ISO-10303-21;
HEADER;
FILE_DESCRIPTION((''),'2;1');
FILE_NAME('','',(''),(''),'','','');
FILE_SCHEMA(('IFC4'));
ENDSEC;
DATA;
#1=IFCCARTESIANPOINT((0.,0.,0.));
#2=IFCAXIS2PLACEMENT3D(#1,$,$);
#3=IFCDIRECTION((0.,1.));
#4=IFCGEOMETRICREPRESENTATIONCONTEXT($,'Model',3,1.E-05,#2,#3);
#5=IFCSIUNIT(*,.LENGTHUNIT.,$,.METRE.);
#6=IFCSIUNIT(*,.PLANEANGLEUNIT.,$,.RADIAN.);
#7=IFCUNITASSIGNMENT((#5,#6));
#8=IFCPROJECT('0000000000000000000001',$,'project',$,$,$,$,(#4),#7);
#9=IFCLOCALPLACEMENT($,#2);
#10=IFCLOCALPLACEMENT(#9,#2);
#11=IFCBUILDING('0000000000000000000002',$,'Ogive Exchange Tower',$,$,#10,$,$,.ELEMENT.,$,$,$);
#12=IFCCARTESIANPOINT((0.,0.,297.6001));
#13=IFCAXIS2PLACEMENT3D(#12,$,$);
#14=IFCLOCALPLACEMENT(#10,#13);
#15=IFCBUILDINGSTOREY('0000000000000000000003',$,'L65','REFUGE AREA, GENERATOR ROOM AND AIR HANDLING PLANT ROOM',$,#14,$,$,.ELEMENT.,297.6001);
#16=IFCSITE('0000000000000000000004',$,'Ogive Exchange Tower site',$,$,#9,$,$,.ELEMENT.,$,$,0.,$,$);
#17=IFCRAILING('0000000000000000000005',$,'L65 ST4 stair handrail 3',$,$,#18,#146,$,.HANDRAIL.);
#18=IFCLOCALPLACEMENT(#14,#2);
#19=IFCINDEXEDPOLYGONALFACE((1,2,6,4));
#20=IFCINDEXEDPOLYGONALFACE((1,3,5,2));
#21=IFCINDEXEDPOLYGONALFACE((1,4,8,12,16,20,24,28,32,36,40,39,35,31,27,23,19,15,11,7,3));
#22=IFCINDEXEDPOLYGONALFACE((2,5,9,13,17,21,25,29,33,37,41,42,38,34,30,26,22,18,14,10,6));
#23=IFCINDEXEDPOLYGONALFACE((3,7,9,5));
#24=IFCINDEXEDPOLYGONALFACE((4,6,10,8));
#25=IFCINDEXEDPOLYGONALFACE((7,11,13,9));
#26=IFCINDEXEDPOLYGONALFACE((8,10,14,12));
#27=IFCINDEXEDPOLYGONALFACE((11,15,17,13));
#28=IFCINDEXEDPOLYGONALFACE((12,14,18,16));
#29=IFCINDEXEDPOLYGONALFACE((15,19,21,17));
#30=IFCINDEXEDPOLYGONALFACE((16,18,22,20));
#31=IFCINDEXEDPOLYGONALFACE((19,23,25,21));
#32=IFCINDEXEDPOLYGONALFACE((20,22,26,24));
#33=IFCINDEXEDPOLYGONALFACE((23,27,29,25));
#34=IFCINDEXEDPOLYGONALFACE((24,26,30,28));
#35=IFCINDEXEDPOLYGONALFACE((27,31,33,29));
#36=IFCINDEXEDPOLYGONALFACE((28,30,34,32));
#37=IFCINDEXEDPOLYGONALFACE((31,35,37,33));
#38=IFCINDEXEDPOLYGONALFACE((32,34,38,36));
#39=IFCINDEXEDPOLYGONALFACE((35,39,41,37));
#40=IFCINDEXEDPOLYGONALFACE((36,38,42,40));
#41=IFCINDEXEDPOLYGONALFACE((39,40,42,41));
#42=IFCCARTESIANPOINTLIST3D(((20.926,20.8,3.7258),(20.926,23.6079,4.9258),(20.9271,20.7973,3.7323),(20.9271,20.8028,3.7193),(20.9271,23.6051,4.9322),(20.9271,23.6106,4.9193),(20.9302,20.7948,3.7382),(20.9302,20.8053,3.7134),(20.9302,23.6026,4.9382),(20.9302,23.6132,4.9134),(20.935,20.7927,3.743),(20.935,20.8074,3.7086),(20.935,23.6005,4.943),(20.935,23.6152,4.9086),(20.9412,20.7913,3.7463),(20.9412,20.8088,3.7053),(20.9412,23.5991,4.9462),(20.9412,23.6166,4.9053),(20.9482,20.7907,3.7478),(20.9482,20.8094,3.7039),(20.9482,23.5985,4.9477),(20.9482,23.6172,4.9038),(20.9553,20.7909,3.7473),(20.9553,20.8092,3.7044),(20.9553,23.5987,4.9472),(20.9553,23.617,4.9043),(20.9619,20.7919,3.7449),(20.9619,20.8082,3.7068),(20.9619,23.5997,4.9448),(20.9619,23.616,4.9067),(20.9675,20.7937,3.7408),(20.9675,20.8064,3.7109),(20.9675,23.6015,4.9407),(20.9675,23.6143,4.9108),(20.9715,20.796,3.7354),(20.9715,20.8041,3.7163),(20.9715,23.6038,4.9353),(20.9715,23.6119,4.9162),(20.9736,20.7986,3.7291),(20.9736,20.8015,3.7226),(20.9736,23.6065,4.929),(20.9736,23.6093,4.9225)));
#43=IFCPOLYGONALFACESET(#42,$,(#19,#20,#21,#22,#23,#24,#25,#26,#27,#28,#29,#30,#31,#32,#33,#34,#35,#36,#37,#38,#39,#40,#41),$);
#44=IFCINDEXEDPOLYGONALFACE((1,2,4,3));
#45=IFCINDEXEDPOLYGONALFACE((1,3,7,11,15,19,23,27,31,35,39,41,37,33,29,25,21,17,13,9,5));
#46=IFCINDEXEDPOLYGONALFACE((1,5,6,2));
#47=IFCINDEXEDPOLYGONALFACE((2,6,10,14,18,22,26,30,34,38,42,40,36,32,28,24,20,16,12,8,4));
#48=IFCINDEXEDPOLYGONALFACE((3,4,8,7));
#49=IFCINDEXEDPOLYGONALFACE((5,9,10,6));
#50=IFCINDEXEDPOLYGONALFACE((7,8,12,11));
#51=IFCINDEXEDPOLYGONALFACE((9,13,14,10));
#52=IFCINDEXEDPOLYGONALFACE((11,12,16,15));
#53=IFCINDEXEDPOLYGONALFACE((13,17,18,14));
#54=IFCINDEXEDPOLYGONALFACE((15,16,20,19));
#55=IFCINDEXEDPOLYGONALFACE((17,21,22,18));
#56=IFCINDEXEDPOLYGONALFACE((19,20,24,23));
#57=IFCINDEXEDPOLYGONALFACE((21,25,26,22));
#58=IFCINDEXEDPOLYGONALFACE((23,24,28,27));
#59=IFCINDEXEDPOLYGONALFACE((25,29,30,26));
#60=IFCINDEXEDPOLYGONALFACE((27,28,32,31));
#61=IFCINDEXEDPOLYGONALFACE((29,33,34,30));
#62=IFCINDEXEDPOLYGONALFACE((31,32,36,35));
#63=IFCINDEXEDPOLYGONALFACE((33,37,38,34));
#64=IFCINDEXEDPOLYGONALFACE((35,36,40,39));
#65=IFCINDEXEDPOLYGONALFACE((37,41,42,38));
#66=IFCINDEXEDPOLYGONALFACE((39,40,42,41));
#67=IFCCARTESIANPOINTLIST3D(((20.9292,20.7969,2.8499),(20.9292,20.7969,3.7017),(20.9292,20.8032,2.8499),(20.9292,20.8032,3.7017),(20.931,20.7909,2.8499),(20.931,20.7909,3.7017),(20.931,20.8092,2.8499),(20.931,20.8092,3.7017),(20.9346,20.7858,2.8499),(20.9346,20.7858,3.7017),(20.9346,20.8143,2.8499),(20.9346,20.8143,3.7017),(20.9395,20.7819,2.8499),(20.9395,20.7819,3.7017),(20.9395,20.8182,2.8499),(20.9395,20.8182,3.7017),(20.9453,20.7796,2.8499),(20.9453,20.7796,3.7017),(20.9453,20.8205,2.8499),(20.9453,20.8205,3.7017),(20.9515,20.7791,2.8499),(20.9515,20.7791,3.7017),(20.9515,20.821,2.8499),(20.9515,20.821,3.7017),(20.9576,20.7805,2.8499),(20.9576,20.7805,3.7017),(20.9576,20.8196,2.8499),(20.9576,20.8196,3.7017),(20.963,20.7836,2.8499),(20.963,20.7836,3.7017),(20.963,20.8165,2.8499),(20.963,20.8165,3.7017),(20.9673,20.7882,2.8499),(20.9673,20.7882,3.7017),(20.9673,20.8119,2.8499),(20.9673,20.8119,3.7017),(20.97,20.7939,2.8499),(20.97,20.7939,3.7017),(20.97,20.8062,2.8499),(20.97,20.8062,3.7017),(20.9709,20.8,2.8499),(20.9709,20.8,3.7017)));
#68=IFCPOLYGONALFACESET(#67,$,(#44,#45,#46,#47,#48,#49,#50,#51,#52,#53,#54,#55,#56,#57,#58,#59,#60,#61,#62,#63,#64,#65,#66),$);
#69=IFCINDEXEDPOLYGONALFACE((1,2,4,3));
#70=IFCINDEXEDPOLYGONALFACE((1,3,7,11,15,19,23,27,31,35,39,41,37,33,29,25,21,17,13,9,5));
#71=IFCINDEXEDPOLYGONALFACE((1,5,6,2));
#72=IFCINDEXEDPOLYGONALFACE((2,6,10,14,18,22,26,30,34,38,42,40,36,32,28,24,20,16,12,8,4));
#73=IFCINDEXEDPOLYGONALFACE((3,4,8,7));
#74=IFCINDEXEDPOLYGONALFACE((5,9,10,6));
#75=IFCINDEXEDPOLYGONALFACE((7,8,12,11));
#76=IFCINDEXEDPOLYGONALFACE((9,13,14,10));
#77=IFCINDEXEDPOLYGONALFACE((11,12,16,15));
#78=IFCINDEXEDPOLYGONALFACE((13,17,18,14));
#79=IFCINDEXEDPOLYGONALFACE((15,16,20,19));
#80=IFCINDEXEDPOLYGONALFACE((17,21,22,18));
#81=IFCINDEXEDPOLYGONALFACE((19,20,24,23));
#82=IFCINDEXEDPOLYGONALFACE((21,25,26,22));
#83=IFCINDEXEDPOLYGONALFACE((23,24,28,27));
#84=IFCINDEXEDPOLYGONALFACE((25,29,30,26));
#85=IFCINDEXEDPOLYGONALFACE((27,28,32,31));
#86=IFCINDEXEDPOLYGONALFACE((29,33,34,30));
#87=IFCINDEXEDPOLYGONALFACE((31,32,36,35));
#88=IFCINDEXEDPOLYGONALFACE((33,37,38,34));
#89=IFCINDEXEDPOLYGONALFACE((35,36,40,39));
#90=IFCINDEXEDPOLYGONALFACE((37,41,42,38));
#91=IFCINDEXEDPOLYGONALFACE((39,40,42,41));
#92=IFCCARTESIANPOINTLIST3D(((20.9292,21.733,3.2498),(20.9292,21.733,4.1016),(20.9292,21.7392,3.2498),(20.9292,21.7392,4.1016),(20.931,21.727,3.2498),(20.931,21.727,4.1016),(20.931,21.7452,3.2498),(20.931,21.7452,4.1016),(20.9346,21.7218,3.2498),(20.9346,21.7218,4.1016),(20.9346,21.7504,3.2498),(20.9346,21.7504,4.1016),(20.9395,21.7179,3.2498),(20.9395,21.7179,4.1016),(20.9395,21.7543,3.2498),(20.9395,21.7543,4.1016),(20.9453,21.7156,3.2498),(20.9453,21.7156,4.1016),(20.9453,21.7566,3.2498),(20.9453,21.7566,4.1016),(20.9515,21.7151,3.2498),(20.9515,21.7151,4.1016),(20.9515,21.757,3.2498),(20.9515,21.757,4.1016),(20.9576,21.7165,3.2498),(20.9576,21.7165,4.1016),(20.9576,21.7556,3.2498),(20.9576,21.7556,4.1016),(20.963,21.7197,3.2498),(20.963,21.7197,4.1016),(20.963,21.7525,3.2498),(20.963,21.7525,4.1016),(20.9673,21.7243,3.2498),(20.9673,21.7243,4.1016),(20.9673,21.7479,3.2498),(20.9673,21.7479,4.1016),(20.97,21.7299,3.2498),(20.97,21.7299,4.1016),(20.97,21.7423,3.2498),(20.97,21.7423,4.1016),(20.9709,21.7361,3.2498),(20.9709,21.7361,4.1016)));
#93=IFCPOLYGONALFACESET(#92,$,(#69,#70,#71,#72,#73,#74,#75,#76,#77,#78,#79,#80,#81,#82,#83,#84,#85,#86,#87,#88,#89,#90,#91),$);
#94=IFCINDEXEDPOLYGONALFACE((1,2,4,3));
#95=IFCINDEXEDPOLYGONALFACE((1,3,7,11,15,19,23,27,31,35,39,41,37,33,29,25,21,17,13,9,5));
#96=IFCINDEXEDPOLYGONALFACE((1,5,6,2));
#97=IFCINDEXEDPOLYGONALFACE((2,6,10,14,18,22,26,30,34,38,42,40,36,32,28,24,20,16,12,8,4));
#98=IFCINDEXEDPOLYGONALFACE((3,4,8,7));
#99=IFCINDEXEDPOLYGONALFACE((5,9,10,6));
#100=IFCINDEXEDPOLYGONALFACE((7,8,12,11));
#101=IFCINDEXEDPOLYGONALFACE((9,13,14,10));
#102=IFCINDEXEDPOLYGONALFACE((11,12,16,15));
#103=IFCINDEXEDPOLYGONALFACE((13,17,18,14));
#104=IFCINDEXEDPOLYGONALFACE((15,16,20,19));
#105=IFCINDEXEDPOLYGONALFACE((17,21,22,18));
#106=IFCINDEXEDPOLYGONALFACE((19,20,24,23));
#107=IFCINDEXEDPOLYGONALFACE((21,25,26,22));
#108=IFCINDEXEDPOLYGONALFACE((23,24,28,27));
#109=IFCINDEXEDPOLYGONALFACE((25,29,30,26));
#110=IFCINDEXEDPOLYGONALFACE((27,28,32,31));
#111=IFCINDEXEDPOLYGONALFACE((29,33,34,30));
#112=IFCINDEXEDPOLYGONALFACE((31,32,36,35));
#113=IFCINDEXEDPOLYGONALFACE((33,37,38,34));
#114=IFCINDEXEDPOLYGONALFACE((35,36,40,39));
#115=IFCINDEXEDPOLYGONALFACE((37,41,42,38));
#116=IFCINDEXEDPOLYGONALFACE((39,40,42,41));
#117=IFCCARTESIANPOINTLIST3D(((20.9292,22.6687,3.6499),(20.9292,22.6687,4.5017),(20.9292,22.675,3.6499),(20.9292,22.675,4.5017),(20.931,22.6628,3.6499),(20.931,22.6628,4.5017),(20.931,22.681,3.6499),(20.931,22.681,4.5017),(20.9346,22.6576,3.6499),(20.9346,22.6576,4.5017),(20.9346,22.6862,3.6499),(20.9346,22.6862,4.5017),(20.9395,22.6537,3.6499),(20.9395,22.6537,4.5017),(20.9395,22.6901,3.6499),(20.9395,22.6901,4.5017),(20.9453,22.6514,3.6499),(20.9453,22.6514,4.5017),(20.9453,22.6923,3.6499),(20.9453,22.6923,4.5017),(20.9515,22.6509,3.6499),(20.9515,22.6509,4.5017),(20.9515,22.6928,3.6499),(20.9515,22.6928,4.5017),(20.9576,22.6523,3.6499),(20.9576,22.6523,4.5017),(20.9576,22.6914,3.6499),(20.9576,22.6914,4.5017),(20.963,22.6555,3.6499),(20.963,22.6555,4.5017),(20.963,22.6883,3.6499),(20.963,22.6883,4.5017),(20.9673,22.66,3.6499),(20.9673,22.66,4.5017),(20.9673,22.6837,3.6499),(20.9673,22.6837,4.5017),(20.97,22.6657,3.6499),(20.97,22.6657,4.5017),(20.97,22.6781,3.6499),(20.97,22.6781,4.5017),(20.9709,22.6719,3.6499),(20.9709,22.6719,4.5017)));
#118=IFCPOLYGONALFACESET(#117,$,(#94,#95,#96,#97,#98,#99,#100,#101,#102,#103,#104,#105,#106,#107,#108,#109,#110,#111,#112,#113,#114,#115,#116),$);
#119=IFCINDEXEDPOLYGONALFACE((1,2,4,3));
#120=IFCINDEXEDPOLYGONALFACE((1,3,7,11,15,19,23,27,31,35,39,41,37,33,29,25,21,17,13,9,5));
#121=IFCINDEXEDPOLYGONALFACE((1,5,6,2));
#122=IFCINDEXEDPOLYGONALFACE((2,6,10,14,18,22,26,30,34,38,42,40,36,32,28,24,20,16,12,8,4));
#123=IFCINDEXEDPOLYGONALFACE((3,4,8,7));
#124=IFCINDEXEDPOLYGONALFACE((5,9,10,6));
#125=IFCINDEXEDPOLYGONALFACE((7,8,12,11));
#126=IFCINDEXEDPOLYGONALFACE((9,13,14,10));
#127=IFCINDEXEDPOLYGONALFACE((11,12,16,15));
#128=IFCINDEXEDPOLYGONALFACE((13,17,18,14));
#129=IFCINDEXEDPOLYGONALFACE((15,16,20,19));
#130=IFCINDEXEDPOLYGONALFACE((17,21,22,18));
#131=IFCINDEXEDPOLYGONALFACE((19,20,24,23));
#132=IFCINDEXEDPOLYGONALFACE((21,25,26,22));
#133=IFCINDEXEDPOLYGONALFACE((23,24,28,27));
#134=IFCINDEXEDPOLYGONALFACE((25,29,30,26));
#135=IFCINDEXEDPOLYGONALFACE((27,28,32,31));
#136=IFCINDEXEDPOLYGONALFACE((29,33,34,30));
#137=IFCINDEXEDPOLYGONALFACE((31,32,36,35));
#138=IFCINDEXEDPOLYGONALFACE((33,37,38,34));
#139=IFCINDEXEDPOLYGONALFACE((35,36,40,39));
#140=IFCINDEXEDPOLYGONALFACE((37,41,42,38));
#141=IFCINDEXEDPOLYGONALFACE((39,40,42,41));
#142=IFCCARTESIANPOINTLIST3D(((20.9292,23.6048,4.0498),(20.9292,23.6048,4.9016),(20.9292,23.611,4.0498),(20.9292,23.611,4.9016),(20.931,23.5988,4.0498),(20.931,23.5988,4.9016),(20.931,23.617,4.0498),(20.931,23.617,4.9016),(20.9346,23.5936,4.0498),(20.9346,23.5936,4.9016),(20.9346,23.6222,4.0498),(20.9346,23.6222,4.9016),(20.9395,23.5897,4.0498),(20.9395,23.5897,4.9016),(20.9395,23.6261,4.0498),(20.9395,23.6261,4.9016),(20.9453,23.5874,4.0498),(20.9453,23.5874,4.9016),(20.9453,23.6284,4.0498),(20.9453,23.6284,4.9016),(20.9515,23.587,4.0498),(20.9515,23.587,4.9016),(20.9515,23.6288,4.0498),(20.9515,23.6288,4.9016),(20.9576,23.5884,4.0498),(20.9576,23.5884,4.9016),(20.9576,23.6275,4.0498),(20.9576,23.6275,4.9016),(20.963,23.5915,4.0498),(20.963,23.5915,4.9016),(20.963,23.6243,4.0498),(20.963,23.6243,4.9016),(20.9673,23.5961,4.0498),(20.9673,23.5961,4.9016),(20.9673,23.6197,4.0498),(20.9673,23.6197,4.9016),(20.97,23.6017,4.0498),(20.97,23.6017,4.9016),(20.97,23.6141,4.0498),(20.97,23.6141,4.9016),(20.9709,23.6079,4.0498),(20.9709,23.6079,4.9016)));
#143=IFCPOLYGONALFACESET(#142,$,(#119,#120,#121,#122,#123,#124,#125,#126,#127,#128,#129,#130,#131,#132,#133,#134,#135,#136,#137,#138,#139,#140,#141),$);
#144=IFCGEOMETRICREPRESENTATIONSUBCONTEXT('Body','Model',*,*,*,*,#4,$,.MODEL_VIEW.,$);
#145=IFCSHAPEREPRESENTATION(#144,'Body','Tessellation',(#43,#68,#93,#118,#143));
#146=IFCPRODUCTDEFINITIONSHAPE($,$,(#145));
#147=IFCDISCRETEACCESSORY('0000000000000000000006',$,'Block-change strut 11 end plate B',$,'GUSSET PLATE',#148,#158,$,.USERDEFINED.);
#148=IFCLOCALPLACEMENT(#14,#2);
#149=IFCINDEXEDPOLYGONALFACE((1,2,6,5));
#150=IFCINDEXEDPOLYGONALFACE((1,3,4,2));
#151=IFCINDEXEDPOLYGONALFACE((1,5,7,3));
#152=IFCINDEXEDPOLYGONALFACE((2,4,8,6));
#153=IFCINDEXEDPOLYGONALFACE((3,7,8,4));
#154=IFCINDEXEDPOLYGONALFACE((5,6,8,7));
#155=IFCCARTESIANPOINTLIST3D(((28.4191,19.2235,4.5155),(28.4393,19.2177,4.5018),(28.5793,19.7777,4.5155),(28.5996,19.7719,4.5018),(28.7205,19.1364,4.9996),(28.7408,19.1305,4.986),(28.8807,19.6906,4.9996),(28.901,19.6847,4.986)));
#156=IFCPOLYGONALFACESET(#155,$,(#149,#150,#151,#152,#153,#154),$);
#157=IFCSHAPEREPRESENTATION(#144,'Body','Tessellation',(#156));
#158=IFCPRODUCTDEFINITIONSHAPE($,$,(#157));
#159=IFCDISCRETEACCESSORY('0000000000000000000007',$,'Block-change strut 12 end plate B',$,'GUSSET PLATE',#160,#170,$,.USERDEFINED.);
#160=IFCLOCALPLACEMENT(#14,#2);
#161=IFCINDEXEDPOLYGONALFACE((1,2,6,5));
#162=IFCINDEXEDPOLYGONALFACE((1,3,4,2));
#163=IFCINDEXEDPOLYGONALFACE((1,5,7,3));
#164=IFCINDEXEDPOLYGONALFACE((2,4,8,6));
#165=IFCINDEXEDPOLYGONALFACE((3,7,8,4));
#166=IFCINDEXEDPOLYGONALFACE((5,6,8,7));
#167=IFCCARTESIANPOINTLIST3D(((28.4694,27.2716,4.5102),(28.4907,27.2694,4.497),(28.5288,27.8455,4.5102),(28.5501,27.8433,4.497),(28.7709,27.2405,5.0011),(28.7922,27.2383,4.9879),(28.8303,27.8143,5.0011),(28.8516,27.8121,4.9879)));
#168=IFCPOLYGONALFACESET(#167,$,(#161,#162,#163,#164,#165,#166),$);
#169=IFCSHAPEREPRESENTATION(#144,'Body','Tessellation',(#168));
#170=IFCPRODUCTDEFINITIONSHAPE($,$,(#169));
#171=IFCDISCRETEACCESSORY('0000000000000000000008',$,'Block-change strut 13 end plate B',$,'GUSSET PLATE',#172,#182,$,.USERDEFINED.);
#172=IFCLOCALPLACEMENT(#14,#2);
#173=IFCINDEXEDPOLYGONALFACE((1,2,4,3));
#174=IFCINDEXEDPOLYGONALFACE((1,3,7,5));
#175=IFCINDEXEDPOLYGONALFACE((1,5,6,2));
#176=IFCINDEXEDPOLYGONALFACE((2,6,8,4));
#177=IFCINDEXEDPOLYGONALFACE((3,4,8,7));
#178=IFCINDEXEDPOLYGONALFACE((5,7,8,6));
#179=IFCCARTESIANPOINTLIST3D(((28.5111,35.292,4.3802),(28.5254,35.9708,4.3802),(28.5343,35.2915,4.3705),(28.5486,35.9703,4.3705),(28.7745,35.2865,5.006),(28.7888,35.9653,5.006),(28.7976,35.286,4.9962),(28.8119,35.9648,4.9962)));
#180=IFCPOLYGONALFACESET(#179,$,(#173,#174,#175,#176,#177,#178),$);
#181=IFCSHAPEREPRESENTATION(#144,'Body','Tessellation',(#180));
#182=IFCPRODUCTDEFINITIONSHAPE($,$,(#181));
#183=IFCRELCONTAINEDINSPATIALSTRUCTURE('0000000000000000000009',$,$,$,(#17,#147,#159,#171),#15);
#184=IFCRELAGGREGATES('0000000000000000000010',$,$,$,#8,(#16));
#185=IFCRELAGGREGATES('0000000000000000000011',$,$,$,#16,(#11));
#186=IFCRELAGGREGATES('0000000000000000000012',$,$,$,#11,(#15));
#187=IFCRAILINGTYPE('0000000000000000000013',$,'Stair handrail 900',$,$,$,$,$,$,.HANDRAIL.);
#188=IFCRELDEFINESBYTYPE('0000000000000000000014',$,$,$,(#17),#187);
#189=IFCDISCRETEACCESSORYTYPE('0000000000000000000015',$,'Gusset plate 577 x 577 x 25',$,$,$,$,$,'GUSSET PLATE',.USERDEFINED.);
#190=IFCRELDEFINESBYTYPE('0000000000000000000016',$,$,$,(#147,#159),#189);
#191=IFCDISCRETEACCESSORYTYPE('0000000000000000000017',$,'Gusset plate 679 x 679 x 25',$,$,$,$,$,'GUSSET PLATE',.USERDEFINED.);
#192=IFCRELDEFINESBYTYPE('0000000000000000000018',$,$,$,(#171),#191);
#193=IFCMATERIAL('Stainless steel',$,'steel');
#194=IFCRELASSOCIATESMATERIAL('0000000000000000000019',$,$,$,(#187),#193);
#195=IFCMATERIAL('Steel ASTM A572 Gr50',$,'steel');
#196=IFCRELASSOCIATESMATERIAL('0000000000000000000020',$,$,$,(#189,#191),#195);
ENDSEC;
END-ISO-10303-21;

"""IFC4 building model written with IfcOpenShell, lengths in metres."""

from ifc_helpers import new_model, si_unit, direction, frame, origin, origin_2d, place, context, subcontext, project, spatial, rectangle, circle, extrude, material, material_profile, profile_set, type_object, element, save


model = new_model("IFC4")

# Units and contexts
model_context = context("Model", 3, precision=1e-05, world=origin(), true_north=direction((0.0, 1.0)))
body_context = subcontext(model_context, "Body", "Model", "MODEL_VIEW")
ifc_project = project(units=[si_unit("LENGTHUNIT", "METRE"), si_unit("PLANEANGLEUNIT", "RADIAN")], contexts=[model_context])

# Site, building, storey
site_placement = place(None, origin())
site = spatial("IfcSite", under=ifc_project, at=site_placement, Name="Ogive Exchange Tower site", CompositionType="ELEMENT", RefElevation=0.0)
building_placement = place(site_placement, origin())
building = spatial("IfcBuilding", under=site, at=building_placement, Name="Ogive Exchange Tower", CompositionType="ELEMENT")
storey_placement = place(building_placement, frame((0.0, 0.0, 297.6001)))
storey = spatial("IfcBuildingStorey", under=building, at=storey_placement, Name="L65", Description="REFUGE AREA, GENERATOR ROOM AND AIR HANDLING PLANT ROOM", CompositionType="ELEMENT", Elevation=297.6001)

# Railing
ifc_material_1 = material(Name="Stainless steel", Category="steel")
railing_type = type_object("IfcRailingType", Name="Stair handrail 900", PredefinedType="HANDRAIL", material=ifc_material_1)
for number, where, name in (
    (1, (20.95, 20.8, 2.8499), "L65 ST4 stair handrail 3"),
):
    element("IfcRailing", number, at=place(storey_placement, frame(where)), inside=storey, type_object=railing_type, Name=name, PredefinedType="HANDRAIL", context=body_context, shape_type="SweptSolid", body=[
        extrude(circle(Radius=0.0239, at=origin_2d()), frame((0.0, 0.0, 0.876), z_axis=(0.0, 0.91955, 0.392973), x_axis=(-1.0, 0.0, 0.0)), (0.0, 0.0, 1.0), 3.0535),
        extrude(circle(Radius=0.021, at=origin_2d()), origin(), (0.0, 0.0, 1.0), 0.8518),
        extrude(circle(Radius=0.021, at=origin_2d()), frame((0.0, 0.936, 0.3999)), (0.0, 0.0, 1.0), 0.8518),
        extrude(circle(Radius=0.021, at=origin_2d()), frame((0.0, 1.8718, 0.8)), (0.0, 0.0, 1.0), 0.8518),
        extrude(circle(Radius=0.021, at=origin_2d()), frame((0.0, 2.8079, 1.2)), (0.0, 0.0, 1.0), 0.8518),
    ])

# Discrete accessories
ifc_material_2 = material(Name="Steel ASTM A572 Gr50", Category="steel")
ifc_material_profile_1 = material_profile(ifc_material_2, rectangle(XDim=0.5769, YDim=0.5769, at=origin_2d()), Name="PL 577 x 577 x 25")
ifc_profile_set_1 = profile_set([ifc_material_profile_1], Name="Steel ASTM A572 Gr50")
discrete_accessory_type_1 = type_object("IfcDiscreteAccessoryType", Name="Gusset plate 577 x 577 x 25", ElementType="GUSSET PLATE", PredefinedType="USERDEFINED", material=ifc_profile_set_1)
for number, where, z_axis, x_axis, name in (
    (2, (28.6702, 19.4512, 4.7439), (-0.806129, 0.233098, 0.543894), (-0.277777, -0.960646, 0.0), "Block-change strut 11 end plate B"),
    (3, (28.6711, 27.5408, 4.7424), (-0.846377, 0.087556, 0.525338), (-0.102899, -0.994692, 0.0), "Block-change strut 12 end plate B"),
):
    element("IfcDiscreteAccessory", number, at=place(storey_placement, frame(where, z_axis=z_axis, x_axis=x_axis)), inside=storey, type_object=discrete_accessory_type_1, Name=name, ObjectType="GUSSET PLATE", PredefinedType="USERDEFINED", context=body_context, shape_type="SweptSolid", body=[
        extrude(rectangle(XDim=0.5769, YDim=0.5769, at=origin_2d()), origin(), (0.0, 0.0, 1.0), 0.0251),
    ])
ifc_material_profile_2 = material_profile(ifc_material_2, rectangle(XDim=0.679, YDim=0.679, at=origin_2d()), Name="PL 679 x 679 x 25")
ifc_profile_set_2 = profile_set([ifc_material_profile_2], Name="Steel ASTM A572 Gr50")
discrete_accessory_type_2 = type_object("IfcDiscreteAccessoryType", Name="Gusset plate 679 x 679 x 25", ElementType="GUSSET PLATE", PredefinedType="USERDEFINED", material=ifc_profile_set_2)
discrete_accessory_placement = place(storey_placement, frame((28.6731, 35.6282, 4.6833), z_axis=(-0.921462, 0.019399, 0.387984), x_axis=(-0.021048, -0.999778, 0.0)))
element("IfcDiscreteAccessory", 4, at=discrete_accessory_placement, inside=storey, type_object=discrete_accessory_type_2, Name="Block-change strut 13 end plate B", ObjectType="GUSSET PLATE", PredefinedType="USERDEFINED", context=body_context, shape_type="SweptSolid", body=[
    extrude(rectangle(XDim=0.679, YDim=0.679, at=origin_2d()), origin(), (0.0, 0.0, 1.0), 0.0251),
])

save(model, "model.ifc")
